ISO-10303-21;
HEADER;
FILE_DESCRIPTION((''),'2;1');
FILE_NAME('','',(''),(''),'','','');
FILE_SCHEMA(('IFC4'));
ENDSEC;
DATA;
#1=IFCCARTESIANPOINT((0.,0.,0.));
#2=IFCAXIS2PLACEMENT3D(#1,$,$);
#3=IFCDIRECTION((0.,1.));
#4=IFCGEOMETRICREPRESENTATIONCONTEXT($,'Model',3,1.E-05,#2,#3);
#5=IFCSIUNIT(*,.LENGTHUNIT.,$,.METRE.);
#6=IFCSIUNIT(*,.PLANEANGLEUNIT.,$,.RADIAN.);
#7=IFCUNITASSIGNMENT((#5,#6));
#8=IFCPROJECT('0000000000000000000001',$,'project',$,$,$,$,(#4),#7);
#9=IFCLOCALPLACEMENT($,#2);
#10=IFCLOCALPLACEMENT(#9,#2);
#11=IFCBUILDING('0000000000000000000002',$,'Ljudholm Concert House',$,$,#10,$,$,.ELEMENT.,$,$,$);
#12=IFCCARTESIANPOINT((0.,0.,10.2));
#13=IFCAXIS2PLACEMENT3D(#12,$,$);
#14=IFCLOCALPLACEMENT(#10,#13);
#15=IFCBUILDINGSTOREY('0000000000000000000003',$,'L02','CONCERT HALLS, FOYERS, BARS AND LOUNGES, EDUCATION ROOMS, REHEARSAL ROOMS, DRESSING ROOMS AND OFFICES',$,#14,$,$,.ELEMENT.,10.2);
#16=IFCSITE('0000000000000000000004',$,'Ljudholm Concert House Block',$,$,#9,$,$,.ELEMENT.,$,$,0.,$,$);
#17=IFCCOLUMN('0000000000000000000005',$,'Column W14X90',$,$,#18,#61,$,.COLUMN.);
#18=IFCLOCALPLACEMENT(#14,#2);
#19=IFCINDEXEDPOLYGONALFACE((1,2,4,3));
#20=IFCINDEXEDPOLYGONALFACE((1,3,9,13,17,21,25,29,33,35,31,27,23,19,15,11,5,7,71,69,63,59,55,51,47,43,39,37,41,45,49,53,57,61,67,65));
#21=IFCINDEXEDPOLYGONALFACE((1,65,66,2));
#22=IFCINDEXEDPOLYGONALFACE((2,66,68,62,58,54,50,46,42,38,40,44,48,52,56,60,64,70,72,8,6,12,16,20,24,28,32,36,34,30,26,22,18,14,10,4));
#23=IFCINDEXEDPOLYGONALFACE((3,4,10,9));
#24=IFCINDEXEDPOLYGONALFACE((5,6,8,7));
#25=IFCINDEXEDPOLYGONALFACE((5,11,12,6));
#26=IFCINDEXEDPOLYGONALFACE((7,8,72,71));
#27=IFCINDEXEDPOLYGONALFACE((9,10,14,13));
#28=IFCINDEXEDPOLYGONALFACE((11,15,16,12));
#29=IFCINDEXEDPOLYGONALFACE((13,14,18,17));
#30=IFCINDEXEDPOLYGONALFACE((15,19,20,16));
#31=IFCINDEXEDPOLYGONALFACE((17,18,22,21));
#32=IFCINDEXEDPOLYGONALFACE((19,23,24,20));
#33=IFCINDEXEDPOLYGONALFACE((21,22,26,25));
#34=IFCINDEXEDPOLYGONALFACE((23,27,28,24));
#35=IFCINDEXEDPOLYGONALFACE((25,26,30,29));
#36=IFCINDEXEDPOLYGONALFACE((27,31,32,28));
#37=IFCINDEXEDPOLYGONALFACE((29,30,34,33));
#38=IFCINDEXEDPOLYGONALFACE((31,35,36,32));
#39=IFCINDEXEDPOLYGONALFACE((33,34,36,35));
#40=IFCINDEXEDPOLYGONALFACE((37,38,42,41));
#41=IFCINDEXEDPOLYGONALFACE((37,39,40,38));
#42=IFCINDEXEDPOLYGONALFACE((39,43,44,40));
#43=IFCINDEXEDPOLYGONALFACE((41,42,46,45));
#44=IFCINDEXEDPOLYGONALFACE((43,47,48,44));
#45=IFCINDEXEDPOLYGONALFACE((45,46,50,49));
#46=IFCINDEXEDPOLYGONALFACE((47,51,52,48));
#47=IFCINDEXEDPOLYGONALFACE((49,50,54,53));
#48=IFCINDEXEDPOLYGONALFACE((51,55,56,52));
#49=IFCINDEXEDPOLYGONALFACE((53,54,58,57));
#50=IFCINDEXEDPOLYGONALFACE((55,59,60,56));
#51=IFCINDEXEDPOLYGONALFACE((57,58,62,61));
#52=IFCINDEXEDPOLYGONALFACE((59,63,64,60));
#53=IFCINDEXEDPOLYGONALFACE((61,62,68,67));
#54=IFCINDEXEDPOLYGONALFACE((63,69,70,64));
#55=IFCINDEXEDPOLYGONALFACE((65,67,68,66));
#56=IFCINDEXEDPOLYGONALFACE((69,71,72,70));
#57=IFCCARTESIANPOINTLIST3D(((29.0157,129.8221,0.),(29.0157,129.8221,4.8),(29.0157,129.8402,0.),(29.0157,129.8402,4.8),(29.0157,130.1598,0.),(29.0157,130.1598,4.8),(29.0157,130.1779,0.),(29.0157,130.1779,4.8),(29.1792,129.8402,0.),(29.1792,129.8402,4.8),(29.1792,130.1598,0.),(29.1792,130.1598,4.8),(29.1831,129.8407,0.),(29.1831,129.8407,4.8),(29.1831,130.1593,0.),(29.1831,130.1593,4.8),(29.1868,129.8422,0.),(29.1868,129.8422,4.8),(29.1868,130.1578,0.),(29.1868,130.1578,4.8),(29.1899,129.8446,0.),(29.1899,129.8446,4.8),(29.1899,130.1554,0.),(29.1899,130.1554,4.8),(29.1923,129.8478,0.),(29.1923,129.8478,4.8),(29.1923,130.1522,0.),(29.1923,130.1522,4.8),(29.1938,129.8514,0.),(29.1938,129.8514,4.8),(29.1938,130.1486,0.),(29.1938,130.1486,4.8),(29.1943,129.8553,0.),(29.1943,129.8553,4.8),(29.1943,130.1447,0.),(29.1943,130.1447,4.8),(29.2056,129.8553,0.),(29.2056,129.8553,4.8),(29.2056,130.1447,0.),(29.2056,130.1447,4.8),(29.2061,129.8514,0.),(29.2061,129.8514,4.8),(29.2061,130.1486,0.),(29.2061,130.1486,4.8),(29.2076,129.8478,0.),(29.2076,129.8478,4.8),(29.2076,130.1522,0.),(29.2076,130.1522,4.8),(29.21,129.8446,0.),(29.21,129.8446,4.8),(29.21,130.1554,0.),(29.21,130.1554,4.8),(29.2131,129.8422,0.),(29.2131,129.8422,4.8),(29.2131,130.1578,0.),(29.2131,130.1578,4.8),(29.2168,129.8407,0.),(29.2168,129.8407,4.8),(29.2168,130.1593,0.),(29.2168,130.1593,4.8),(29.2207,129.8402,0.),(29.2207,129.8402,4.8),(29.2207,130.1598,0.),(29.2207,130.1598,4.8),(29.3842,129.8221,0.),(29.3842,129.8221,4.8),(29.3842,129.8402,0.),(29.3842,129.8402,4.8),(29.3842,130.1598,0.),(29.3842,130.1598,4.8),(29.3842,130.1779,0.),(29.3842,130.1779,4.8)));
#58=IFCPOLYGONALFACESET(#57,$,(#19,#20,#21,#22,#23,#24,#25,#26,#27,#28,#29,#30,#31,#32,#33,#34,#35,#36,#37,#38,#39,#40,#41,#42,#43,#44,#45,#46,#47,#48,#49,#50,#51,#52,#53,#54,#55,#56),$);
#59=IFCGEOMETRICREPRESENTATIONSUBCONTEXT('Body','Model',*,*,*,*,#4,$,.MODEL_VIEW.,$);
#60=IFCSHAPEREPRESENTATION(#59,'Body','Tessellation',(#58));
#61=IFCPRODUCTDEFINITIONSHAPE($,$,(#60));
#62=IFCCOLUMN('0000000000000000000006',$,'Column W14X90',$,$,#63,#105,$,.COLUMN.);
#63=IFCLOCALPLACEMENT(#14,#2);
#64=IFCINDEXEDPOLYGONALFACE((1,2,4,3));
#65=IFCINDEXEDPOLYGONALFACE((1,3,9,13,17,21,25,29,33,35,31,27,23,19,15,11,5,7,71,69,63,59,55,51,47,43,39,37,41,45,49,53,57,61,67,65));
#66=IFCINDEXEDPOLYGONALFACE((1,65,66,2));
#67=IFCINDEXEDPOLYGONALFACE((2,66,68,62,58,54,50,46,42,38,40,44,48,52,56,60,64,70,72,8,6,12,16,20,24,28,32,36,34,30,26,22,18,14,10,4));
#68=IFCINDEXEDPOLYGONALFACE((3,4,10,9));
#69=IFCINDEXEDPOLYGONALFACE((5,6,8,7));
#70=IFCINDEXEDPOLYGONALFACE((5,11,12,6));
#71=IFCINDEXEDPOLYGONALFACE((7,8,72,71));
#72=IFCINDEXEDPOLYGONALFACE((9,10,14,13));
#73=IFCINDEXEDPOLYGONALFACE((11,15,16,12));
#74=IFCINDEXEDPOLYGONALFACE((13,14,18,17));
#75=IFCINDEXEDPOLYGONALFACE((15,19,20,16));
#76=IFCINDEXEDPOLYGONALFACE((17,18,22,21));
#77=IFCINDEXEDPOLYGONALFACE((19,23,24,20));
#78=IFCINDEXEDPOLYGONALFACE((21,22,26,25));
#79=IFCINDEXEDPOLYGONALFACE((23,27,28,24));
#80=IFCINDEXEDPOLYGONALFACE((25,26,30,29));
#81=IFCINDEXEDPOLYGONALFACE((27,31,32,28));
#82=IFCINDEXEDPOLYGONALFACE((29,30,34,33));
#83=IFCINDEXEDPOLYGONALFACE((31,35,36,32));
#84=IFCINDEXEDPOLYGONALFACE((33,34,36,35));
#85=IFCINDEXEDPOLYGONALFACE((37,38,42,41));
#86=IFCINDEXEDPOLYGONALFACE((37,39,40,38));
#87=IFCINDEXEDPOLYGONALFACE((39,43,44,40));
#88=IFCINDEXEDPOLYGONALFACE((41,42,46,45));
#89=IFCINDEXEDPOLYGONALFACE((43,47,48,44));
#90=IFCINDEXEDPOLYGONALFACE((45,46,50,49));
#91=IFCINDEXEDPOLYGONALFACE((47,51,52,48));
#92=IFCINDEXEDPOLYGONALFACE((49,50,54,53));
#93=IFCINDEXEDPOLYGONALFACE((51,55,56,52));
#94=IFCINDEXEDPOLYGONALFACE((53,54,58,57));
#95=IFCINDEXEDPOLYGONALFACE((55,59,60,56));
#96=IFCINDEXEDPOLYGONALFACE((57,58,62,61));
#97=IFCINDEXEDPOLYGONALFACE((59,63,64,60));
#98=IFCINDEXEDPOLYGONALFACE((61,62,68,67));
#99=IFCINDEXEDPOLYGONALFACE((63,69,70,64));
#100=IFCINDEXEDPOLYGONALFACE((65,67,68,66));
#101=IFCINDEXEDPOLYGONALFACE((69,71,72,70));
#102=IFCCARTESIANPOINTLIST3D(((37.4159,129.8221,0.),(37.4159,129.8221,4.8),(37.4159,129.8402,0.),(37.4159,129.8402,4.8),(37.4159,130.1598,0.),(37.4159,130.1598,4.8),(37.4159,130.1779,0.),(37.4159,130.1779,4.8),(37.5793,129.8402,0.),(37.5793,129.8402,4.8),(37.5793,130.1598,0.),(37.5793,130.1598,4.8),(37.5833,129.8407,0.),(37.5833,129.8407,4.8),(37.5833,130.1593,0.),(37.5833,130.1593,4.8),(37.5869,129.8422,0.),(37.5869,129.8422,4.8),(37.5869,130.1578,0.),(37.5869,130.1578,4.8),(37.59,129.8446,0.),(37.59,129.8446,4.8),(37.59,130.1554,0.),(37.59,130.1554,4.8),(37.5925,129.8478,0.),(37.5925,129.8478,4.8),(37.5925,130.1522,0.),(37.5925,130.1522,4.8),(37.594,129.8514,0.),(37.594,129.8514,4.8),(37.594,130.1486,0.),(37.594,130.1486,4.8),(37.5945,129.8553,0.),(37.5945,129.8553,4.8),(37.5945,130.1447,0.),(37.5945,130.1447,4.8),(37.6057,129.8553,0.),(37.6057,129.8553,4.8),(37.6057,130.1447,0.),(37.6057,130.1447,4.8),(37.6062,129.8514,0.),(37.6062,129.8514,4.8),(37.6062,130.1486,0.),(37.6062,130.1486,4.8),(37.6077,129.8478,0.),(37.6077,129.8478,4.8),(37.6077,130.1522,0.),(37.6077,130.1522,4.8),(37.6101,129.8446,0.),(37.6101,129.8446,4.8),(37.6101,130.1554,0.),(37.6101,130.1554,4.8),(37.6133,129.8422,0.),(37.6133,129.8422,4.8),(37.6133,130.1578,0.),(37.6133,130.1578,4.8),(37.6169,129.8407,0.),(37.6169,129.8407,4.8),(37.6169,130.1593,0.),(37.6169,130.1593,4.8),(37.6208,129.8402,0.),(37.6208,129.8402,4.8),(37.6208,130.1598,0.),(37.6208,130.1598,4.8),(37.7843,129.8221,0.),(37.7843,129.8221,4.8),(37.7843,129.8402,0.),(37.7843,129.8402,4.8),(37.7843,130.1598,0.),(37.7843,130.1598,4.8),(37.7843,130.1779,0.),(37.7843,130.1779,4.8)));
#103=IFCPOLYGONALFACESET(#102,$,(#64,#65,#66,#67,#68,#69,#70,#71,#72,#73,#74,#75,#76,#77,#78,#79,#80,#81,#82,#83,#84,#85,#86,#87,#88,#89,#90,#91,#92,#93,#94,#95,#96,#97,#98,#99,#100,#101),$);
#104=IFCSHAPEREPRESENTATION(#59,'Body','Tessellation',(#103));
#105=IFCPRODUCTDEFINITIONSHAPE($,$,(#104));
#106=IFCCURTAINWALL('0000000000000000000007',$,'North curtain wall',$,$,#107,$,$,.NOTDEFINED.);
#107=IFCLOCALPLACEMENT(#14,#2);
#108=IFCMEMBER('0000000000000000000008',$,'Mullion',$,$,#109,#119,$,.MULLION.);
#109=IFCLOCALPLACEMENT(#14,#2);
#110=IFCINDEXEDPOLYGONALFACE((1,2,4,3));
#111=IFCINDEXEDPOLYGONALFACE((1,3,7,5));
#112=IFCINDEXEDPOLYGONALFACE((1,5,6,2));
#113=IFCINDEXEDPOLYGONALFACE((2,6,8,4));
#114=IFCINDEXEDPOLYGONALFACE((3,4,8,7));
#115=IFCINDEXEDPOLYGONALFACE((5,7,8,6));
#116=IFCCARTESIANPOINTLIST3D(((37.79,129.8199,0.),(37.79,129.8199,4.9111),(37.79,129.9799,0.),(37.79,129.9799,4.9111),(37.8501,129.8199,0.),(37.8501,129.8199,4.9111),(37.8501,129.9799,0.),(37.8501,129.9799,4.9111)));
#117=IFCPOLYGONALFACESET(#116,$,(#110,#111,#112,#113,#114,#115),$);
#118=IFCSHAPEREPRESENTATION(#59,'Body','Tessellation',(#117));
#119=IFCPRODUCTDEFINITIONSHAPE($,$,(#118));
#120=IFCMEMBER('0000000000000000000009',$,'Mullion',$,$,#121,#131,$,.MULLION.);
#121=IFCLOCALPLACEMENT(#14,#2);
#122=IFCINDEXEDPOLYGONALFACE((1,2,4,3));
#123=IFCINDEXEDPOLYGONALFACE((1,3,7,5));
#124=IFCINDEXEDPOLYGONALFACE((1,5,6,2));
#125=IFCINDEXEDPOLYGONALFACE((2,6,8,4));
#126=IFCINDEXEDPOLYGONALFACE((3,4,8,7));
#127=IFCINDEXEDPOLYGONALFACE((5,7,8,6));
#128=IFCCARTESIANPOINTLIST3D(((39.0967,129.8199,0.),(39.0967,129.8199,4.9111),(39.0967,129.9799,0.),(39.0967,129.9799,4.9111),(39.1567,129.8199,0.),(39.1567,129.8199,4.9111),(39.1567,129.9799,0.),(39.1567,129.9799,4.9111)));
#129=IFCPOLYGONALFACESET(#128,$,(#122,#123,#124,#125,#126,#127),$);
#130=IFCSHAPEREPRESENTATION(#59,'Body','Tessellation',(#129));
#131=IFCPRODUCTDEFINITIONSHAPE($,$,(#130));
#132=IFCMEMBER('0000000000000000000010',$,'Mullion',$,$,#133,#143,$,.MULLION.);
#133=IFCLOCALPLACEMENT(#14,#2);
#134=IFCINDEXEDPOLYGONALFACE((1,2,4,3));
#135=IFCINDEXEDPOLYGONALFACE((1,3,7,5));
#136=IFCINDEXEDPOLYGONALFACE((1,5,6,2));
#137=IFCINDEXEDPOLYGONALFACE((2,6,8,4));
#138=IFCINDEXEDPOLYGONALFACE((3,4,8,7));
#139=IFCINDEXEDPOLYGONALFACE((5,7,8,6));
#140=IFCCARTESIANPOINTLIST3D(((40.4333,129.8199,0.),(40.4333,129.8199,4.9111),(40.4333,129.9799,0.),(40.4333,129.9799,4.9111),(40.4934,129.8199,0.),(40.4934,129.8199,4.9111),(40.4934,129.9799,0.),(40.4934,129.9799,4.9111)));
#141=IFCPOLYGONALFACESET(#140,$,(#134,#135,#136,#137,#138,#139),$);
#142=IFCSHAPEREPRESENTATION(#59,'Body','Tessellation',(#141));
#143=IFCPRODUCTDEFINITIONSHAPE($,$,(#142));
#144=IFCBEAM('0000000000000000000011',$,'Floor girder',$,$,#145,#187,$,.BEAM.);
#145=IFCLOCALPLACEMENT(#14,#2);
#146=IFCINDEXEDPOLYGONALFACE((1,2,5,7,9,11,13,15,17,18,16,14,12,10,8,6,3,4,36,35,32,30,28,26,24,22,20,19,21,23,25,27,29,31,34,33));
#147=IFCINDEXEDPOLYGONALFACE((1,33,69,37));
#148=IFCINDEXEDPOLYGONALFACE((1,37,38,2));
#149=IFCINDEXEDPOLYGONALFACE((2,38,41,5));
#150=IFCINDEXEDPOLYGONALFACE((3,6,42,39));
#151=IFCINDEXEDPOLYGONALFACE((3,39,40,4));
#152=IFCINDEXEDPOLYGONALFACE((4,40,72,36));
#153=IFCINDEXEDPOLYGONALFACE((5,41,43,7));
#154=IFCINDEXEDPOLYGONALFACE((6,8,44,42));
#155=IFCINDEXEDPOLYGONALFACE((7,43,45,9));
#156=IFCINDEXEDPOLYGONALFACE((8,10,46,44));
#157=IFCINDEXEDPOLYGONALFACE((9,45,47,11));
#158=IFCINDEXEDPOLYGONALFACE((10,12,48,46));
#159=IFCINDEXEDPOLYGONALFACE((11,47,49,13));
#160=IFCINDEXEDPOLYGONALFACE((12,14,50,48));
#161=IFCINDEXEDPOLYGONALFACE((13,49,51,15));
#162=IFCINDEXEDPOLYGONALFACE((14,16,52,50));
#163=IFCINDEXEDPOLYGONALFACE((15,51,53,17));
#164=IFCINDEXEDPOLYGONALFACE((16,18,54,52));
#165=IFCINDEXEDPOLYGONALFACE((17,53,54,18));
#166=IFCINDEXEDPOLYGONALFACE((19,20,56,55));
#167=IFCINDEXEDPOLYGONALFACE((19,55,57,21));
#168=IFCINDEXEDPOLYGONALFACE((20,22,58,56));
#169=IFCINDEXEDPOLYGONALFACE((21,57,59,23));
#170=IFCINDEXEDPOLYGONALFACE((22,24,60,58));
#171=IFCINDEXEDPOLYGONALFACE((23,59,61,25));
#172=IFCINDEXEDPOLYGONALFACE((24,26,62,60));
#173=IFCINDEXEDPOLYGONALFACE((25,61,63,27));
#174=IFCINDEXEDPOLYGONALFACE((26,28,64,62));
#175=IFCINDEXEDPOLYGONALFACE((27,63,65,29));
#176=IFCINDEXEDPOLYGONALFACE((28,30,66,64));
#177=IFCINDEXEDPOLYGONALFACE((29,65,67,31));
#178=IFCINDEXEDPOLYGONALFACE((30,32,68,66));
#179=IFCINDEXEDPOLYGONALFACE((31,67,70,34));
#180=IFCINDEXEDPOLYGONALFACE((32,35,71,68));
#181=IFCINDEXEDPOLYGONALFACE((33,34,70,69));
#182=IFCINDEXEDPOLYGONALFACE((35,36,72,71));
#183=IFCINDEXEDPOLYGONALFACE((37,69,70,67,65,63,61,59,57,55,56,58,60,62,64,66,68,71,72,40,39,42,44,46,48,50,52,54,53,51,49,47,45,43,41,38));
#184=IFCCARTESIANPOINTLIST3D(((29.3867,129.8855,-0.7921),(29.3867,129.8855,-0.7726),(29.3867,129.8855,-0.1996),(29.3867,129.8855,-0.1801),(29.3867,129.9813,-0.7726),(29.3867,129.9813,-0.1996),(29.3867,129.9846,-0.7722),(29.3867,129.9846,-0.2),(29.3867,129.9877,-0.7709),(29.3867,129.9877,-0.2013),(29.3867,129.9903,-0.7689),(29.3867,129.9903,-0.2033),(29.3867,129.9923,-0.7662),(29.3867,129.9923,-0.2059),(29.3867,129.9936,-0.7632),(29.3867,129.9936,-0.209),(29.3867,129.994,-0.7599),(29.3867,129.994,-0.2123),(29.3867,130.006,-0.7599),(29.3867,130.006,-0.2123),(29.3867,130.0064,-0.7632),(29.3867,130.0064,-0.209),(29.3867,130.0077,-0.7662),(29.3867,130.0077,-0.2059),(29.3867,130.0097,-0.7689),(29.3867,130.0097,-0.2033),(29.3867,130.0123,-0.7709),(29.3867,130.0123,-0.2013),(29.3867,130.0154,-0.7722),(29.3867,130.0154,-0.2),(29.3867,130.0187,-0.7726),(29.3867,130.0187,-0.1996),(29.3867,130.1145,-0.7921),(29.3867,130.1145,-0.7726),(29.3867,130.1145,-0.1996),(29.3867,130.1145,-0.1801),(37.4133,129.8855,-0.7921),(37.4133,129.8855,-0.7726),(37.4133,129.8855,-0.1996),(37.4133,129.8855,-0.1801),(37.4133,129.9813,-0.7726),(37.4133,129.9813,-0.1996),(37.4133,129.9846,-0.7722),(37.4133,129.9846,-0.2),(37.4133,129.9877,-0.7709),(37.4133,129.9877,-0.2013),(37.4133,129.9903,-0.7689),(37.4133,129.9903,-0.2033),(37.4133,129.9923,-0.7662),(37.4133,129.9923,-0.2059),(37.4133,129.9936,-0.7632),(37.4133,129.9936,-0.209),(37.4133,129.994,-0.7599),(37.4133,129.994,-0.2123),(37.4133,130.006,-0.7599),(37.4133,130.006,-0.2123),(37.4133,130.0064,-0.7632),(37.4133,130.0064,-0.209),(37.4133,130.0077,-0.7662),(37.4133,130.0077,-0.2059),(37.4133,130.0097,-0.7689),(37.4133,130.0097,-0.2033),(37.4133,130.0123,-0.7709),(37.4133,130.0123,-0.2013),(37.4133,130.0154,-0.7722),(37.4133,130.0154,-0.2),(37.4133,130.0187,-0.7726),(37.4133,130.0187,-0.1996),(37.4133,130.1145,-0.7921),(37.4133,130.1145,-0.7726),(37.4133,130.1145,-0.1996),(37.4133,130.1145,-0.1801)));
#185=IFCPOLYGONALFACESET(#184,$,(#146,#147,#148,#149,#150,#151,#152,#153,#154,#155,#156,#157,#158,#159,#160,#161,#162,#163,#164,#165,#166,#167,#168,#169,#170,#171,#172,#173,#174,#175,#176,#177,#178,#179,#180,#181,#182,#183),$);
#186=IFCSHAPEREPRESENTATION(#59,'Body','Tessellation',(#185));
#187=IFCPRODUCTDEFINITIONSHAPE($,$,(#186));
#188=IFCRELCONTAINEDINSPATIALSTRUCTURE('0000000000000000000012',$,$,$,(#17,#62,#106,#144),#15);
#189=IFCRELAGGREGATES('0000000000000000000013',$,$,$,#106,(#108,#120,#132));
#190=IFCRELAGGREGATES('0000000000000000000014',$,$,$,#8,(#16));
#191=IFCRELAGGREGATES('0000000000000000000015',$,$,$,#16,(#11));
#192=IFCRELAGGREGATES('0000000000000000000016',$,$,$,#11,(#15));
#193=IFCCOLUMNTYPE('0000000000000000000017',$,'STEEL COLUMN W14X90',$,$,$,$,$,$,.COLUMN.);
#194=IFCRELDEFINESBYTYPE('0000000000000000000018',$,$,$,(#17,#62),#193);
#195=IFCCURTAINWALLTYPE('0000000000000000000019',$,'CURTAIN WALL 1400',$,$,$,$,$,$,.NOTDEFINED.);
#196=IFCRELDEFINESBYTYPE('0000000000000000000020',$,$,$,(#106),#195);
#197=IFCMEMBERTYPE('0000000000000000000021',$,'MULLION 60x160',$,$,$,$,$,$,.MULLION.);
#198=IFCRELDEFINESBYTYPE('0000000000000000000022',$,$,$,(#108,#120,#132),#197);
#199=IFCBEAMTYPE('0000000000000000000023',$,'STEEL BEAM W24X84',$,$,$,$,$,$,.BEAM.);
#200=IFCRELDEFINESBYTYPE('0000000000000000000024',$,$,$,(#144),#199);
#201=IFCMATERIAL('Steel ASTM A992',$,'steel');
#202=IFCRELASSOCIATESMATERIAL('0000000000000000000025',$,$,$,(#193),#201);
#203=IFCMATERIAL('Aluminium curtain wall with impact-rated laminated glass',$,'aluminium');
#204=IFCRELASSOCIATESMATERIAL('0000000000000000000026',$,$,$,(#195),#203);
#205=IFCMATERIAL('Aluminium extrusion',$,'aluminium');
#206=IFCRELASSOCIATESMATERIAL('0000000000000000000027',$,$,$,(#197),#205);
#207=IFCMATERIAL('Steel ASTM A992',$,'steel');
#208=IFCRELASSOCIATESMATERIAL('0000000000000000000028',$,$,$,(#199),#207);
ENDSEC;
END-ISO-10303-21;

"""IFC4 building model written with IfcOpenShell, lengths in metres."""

from ifc_helpers import new_model, si_unit, direction, frame, origin, origin_2d, place, context, subcontext, project, spatial, rectangle, i_section, extrude, material, material_profile, profile_set, type_object, element, aggregate, save


model = new_model("IFC4")

# Units and contexts
model_context = context("Model", 3, precision=1e-05, world=origin(), true_north=direction((0.0, 1.0)))
body_context = subcontext(model_context, "Body", "Model", "MODEL_VIEW")
ifc_project = project(units=[si_unit("LENGTHUNIT", "METRE"), si_unit("PLANEANGLEUNIT", "RADIAN")], contexts=[model_context])

# Site, building, storey
site_placement = place(None, origin())
site = spatial("IfcSite", under=ifc_project, at=site_placement, Name="Ljudholm Concert House Block", CompositionType="ELEMENT", RefElevation=0.0)
building_placement = place(site_placement, origin())
building = spatial("IfcBuilding", under=site, at=building_placement, Name="Ljudholm Concert House", CompositionType="ELEMENT")
storey_placement = place(building_placement, frame((0.0, 0.0, 10.2)))
storey = spatial("IfcBuildingStorey", under=building, at=storey_placement, Name="L02", Description="CONCERT HALLS, FOYERS, BARS AND LOUNGES, EDUCATION ROOMS, REHEARSAL ROOMS, DRESSING ROOMS AND OFFICES", CompositionType="ELEMENT", Elevation=10.2)

# Columns
ifc_material_1 = material(Name="Steel ASTM A992", Category="steel")
ifc_material_profile_1 = material_profile(ifc_material_1, i_section(OverallWidth=0.3684, OverallDepth=0.3557, WebThickness=0.0112, FlangeThickness=0.0181, FilletRadius=0.0151, at=origin_2d()), Name="W14X90")
ifc_profile_set_1 = profile_set([ifc_material_profile_1], Name="Steel ASTM A992")
column_type = type_object("IfcColumnType", Name="STEEL COLUMN W14X90", PredefinedType="COLUMN", material=ifc_profile_set_1)
for number, where, z_axis, x_axis, name in (
    (1, (29.2, 130.0, 0.0), (0.0, 0.0, 1.0), (1.0, 0.0, 0.0), "Column W14X90"),
    (2, (37.6001, 130.0, 0.0), (0.0, 0.0, 1.0), (1.0, 0.0, 0.0), "Column W14X90"),
):
    element("IfcColumn", number, at=place(storey_placement, frame(where, z_axis=z_axis, x_axis=x_axis)), inside=storey, type_object=column_type, Name=name, PredefinedType="COLUMN", context=body_context, shape_type="SweptSolid", body=[
        extrude(i_section(OverallWidth=0.3684, OverallDepth=0.3557, WebThickness=0.0112, FlangeThickness=0.0181, FilletRadius=0.0151, at=origin_2d()), origin(), (0.0, 0.0, 1.0), 4.8),
    ])

# Curtain wall, members
ifc_material_2 = material(Name="Aluminium curtain wall with impact-rated laminated glass", Category="aluminium")
curtain_wall_type = type_object("IfcCurtainWallType", Name="CURTAIN WALL 1400", PredefinedType="NOTDEFINED", material=ifc_material_2)
curtain_wall_placement = place(storey_placement, origin())
curtain_wall = element("IfcCurtainWall", 3, at=curtain_wall_placement, inside=storey, type_object=curtain_wall_type, Name="North curtain wall", PredefinedType="NOTDEFINED")
ifc_material_3 = material(Name="Aluminium extrusion", Category="aluminium")
ifc_material_profile_2 = material_profile(ifc_material_3, rectangle(XDim=0.1599, YDim=0.0601, at=origin_2d()), Name="MULLION 60x160")
ifc_profile_set_2 = profile_set([ifc_material_profile_2], Name="Aluminium extrusion")
member_type_1 = type_object("IfcMemberType", Name="MULLION 60x160", PredefinedType="MULLION", material=ifc_profile_set_2)
member_1_placement = place(storey_placement, frame((37.8201, 129.8999, 0.0), z_axis=(0.0, 0.0, 1.0), x_axis=(0.0, 1.0, 0.0)))
member_1 = element("IfcMember", 4, at=member_1_placement, type_object=member_type_1, Name="Mullion", PredefinedType="MULLION", context=body_context, shape_type="SweptSolid", body=[
    extrude(rectangle(XDim=0.1599, YDim=0.0601, at=origin_2d()), origin(), (0.0, 0.0, 1.0), 4.9111),
])
member_2_placement = place(storey_placement, frame((39.1267, 129.8999, 0.0), z_axis=(0.0, 0.0, 1.0), x_axis=(0.0, 1.0, 0.0)))
member_2 = element("IfcMember", 5, at=member_2_placement, type_object=member_type_1, Name="Mullion", PredefinedType="MULLION", context=body_context, shape_type="SweptSolid", body=[
    extrude(rectangle(XDim=0.1599, YDim=0.0601, at=origin_2d()), origin(), (0.0, 0.0, 1.0), 4.9111),
])
member_3_placement = place(storey_placement, frame((40.4634, 129.8999, 0.0), z_axis=(0.0, 0.0, 1.0), x_axis=(0.0, 1.0, 0.0)))
member_3 = element("IfcMember", 6, at=member_3_placement, type_object=member_type_1, Name="Mullion", PredefinedType="MULLION", context=body_context, shape_type="SweptSolid", body=[
    extrude(rectangle(XDim=0.1599, YDim=0.0601, at=origin_2d()), origin(), (0.0, 0.0, 1.0), 4.9111),
])

# Beam
ifc_material_4 = material(Name="Steel ASTM A992", Category="steel")
ifc_material_profile_3 = material_profile(ifc_material_4, i_section(OverallWidth=0.229, OverallDepth=0.6121, WebThickness=0.012, FlangeThickness=0.0195, FilletRadius=0.0127, at=origin_2d()), Name="W24X84")
ifc_profile_set_3 = profile_set([ifc_material_profile_3], Name="Steel ASTM A992")
beam_type = type_object("IfcBeamType", Name="STEEL BEAM W24X84", PredefinedType="BEAM", material=ifc_profile_set_3)
for number, where, z_axis, x_axis, name in (
    (7, (29.3867, 130.0, -0.4861), (1.0, 0.0, 0.0), (0.0, 1.0, 0.0), "Floor girder"),
):
    element("IfcBeam", number, at=place(storey_placement, frame(where, z_axis=z_axis, x_axis=x_axis)), inside=storey, type_object=beam_type, Name=name, PredefinedType="BEAM", context=body_context, shape_type="SweptSolid", body=[
        extrude(i_section(OverallWidth=0.229, OverallDepth=0.6121, WebThickness=0.012, FlangeThickness=0.0195, FilletRadius=0.0127, at=origin_2d()), origin(), (0.0, 0.0, 1.0), 8.0266),
    ])

aggregate(curtain_wall, [member_1, member_2, member_3])

save(model, "model.ifc")
